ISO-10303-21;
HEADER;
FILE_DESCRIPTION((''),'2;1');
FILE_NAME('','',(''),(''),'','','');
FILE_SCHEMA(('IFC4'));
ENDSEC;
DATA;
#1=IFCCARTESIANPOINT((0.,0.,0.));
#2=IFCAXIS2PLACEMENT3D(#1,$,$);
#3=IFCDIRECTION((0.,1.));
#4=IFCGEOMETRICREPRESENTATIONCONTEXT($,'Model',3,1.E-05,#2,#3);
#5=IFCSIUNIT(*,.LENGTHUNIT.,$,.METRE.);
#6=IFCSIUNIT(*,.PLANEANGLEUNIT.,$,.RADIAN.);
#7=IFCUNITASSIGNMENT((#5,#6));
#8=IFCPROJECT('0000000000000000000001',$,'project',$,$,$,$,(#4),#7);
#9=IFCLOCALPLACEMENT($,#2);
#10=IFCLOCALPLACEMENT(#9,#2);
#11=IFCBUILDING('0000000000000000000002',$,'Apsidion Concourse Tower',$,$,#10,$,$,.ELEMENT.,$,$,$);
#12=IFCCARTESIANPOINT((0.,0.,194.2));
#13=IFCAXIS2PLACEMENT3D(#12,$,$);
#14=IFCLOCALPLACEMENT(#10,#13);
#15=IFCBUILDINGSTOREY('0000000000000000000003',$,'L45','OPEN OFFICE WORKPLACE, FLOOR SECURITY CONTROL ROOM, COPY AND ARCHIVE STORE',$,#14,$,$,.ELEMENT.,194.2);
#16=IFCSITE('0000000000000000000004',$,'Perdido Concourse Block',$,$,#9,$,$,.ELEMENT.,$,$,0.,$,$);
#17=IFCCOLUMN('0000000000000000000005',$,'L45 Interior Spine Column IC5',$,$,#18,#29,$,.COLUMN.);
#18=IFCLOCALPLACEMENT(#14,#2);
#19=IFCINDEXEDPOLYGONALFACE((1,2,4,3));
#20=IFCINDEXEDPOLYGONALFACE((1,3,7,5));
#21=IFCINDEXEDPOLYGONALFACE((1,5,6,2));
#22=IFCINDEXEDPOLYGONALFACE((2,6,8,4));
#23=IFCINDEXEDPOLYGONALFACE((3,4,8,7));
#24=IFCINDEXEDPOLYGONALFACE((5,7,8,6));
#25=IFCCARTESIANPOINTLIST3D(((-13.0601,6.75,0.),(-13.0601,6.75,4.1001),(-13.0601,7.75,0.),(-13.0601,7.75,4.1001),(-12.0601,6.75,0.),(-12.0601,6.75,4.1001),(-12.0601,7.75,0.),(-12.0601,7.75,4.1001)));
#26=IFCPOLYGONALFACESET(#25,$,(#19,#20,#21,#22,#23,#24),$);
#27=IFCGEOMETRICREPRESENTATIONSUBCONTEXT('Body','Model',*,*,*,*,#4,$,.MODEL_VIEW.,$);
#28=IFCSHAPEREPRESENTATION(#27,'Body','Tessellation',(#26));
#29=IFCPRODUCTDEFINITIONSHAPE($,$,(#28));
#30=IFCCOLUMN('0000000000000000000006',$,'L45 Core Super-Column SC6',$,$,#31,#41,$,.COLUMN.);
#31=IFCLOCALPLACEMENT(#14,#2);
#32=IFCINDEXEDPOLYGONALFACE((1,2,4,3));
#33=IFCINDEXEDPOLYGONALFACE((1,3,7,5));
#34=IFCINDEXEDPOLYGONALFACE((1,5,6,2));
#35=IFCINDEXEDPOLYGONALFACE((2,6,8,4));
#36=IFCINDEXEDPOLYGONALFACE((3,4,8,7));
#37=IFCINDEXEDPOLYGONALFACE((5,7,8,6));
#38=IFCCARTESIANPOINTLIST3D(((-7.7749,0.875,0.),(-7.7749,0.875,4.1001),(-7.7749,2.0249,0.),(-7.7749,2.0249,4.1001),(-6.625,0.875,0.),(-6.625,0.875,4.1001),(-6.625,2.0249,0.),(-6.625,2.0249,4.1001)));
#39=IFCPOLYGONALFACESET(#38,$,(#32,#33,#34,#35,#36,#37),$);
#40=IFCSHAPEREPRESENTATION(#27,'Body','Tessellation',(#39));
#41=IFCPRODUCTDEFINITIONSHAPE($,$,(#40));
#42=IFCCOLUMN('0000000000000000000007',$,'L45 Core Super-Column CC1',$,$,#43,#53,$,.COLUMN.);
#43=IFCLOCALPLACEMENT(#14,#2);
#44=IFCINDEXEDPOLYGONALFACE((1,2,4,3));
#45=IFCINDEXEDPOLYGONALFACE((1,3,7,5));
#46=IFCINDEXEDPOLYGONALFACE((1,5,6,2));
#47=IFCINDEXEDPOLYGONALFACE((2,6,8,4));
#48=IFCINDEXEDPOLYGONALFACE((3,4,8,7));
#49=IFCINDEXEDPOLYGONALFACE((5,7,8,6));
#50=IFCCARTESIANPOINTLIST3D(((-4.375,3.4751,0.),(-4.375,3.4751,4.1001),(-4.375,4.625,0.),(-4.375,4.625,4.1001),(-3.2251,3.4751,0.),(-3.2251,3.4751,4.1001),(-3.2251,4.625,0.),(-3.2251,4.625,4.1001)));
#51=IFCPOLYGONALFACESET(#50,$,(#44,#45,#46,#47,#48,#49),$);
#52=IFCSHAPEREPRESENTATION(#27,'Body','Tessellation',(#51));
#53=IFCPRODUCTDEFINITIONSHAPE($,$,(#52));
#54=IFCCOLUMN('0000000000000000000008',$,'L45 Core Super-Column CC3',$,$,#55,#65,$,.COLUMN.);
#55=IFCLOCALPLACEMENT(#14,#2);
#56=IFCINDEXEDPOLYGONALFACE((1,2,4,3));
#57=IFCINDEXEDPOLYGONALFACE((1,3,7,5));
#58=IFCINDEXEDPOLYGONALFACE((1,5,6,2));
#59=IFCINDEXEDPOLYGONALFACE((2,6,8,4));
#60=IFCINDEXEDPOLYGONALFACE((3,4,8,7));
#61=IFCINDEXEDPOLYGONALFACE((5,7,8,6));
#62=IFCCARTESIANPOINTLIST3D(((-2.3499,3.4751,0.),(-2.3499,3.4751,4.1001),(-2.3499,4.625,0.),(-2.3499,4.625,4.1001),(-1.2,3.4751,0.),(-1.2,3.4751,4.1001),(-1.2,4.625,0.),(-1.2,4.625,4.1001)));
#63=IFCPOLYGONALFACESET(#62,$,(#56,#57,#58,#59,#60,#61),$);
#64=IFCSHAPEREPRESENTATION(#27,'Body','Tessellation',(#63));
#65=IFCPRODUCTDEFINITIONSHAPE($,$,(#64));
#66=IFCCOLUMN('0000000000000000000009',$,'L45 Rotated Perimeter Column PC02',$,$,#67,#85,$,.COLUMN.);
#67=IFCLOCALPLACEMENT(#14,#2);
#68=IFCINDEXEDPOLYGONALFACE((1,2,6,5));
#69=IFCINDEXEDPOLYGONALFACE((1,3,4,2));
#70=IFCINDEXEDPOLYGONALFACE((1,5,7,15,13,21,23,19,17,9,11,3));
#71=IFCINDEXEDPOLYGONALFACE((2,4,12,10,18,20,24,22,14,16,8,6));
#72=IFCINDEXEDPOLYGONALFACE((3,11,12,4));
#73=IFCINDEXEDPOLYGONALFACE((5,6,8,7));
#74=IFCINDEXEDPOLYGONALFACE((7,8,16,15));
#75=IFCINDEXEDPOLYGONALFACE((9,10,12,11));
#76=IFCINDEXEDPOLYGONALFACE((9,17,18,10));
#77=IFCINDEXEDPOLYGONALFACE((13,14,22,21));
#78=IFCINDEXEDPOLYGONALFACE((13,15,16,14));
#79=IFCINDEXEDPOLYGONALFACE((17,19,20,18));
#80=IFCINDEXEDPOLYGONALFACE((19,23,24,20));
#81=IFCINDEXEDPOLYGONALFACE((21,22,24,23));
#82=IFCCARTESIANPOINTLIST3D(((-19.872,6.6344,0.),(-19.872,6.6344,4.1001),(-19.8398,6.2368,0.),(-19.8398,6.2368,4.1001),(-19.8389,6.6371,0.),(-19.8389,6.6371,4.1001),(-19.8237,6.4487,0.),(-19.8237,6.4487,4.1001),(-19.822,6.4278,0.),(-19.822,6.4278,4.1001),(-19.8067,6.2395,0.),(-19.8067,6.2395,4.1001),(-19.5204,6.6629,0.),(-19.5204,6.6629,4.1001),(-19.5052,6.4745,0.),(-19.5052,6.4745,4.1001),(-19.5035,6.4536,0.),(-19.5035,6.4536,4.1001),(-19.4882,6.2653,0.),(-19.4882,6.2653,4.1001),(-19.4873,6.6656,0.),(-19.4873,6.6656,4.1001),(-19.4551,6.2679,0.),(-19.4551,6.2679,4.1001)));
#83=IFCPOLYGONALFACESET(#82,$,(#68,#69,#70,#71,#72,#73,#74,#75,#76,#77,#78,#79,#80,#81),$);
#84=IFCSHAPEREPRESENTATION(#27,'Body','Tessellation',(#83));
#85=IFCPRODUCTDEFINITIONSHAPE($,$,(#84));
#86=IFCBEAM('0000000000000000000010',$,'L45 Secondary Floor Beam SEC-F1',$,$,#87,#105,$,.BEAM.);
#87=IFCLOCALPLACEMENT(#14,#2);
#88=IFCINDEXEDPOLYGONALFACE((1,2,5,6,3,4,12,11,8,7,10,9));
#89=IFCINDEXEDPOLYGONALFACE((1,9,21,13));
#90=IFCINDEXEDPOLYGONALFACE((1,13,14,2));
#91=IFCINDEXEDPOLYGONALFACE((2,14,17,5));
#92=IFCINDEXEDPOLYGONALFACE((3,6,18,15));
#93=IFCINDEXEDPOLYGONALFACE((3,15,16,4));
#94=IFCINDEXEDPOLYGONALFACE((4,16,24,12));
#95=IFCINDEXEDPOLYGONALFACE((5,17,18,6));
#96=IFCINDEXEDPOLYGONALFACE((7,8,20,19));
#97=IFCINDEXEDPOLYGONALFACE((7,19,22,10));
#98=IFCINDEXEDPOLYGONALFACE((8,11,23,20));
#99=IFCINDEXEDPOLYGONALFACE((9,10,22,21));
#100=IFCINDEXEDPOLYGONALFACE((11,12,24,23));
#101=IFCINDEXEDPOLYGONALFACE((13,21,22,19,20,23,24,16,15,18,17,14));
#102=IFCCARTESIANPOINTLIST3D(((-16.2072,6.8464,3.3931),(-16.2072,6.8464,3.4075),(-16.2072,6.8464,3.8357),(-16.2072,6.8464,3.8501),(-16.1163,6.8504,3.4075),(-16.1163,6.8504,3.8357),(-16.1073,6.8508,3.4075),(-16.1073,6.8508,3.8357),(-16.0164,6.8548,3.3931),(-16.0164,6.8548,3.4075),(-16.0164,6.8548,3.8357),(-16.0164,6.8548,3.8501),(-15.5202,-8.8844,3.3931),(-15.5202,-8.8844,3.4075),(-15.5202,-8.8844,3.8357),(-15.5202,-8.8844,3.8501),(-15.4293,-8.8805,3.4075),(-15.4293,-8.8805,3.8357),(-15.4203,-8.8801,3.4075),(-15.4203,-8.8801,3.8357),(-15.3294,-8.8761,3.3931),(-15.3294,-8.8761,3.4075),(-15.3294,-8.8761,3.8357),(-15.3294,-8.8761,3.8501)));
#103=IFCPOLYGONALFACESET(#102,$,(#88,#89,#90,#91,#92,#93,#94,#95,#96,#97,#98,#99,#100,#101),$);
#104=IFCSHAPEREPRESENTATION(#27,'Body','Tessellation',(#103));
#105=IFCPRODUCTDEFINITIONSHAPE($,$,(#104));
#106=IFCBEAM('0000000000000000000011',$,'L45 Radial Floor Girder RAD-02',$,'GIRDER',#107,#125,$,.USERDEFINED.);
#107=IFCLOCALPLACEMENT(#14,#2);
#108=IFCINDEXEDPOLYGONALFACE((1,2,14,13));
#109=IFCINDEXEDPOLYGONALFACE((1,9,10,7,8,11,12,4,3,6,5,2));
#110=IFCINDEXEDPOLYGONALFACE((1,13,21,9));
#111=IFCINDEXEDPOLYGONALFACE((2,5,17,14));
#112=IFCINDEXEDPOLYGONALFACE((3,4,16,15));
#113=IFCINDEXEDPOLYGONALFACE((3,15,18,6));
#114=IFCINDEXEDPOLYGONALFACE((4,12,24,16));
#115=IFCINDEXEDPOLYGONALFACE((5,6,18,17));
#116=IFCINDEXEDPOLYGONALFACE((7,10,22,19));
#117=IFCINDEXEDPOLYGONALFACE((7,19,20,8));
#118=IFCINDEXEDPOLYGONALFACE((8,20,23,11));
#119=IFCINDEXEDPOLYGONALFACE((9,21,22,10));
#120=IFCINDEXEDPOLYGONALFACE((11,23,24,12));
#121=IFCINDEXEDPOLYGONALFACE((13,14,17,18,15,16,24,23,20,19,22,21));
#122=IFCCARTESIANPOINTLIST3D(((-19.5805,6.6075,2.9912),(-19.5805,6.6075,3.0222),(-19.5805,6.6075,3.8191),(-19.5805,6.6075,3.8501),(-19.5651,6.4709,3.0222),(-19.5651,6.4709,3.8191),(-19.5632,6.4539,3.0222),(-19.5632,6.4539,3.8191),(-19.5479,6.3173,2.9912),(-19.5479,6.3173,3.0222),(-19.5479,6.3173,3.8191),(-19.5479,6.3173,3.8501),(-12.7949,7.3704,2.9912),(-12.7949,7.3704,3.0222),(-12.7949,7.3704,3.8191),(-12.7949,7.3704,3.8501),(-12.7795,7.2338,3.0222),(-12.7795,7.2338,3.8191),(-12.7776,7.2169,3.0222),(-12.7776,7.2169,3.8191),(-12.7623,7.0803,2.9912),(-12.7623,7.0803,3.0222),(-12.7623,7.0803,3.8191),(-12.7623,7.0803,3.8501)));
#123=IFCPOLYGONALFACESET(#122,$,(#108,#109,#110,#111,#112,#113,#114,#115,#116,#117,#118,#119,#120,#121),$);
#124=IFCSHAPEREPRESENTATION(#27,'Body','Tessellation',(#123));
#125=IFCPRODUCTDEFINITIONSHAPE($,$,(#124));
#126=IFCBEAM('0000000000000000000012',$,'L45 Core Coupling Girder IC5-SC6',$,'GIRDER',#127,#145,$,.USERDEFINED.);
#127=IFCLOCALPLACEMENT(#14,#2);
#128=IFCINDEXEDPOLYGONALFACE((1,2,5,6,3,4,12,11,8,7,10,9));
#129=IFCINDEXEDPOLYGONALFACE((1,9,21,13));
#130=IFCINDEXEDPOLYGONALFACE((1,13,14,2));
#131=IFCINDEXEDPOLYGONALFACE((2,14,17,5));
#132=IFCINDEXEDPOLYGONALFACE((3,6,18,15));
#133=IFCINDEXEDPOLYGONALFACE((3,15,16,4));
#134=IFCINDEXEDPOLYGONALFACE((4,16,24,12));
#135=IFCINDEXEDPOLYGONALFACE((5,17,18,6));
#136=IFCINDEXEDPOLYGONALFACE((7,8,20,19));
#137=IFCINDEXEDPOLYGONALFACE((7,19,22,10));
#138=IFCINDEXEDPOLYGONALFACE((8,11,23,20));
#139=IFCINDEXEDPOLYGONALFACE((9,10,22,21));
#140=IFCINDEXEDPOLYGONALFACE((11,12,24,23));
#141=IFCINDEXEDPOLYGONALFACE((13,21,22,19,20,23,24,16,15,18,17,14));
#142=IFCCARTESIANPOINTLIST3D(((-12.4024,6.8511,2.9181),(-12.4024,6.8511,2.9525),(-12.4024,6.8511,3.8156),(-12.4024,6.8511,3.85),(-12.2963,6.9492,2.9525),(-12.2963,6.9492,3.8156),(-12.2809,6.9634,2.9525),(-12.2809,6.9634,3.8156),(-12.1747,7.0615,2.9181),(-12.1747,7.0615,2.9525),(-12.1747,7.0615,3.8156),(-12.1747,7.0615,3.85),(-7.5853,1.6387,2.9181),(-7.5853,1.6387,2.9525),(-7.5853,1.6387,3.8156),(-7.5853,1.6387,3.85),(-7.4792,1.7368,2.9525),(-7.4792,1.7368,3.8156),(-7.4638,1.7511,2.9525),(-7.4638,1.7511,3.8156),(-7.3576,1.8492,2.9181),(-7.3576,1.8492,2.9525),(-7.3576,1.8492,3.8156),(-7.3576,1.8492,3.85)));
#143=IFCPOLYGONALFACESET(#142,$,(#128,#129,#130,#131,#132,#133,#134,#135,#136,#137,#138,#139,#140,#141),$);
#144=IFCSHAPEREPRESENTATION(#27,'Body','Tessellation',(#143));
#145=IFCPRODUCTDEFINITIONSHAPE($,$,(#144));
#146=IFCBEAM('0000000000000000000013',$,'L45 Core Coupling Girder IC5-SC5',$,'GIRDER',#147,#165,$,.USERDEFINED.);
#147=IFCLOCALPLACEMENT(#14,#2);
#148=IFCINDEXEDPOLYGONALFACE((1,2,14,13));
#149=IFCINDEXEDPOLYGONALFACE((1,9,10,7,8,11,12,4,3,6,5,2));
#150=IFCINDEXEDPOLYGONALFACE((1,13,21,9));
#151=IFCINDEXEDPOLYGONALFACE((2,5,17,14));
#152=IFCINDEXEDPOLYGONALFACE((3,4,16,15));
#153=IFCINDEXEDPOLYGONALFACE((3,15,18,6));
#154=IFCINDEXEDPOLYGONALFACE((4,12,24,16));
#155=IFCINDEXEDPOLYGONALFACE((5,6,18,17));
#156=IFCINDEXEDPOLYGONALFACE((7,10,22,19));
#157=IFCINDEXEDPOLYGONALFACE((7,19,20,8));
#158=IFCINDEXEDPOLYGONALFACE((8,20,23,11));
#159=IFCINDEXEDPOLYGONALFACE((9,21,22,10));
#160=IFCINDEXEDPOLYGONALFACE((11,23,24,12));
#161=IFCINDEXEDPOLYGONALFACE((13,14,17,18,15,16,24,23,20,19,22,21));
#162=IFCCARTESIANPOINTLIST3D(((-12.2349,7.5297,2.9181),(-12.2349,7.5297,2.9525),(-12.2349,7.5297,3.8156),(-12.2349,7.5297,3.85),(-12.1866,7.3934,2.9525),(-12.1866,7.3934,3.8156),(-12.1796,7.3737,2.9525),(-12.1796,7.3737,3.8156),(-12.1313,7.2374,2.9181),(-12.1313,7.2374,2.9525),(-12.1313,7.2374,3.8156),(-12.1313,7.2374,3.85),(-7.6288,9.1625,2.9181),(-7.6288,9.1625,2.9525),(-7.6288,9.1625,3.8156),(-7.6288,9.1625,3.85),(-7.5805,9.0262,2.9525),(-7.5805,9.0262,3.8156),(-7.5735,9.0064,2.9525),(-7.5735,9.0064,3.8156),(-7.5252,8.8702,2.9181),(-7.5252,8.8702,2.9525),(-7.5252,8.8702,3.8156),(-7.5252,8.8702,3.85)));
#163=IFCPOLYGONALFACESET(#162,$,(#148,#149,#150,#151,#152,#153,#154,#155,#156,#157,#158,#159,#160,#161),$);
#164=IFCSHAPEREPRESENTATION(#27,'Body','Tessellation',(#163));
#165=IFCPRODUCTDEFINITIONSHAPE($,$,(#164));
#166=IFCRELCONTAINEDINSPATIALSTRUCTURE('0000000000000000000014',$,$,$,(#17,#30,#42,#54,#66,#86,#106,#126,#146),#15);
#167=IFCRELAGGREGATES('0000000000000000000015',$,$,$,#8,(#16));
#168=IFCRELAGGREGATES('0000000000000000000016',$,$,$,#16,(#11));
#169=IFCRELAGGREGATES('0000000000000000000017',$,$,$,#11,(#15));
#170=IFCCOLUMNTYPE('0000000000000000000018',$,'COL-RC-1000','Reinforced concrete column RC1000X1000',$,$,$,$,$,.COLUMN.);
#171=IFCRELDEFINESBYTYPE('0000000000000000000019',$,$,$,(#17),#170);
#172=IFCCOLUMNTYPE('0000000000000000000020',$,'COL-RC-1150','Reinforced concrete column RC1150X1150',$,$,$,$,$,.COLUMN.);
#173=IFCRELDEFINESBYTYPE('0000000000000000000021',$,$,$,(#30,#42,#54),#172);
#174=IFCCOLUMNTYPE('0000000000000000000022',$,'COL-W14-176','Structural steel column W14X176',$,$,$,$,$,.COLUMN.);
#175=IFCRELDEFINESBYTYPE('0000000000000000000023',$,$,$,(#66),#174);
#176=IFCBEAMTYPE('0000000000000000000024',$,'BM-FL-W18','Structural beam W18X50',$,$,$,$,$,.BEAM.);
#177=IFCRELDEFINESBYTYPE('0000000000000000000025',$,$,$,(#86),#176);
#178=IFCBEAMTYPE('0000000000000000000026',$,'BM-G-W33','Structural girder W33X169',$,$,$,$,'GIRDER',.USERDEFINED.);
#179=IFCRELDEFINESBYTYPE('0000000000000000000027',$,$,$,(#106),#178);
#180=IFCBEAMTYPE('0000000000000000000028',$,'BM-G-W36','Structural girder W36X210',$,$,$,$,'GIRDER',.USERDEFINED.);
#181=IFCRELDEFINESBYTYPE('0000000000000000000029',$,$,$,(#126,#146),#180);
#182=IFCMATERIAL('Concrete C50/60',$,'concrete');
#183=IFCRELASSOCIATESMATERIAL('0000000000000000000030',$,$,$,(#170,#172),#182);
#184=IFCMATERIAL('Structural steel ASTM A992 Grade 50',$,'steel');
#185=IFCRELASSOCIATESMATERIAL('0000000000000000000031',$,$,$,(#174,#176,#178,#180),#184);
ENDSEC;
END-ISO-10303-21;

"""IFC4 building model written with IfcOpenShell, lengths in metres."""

from ifc_helpers import new_model, si_unit, direction, frame, origin, origin_2d, place, context, subcontext, project, spatial, rectangle, i_section, extrude, material, material_profile, profile_set, type_object, element, save


model = new_model("IFC4")

# Units and contexts
model_context = context("Model", 3, precision=1e-05, world=origin(), true_north=direction((0.0, 1.0)))
body_context = subcontext(model_context, "Body", "Model", "MODEL_VIEW")
ifc_project = project(units=[si_unit("LENGTHUNIT", "METRE"), si_unit("PLANEANGLEUNIT", "RADIAN")], contexts=[model_context])

# Site, building, storey
site_placement = place(None, origin())
site = spatial("IfcSite", under=ifc_project, at=site_placement, Name="Perdido Concourse Block", CompositionType="ELEMENT", RefElevation=0.0)
building_placement = place(site_placement, origin())
building = spatial("IfcBuilding", under=site, at=building_placement, Name="Apsidion Concourse Tower", CompositionType="ELEMENT")
storey_placement = place(building_placement, frame((0.0, 0.0, 194.2)))
storey = spatial("IfcBuildingStorey", under=building, at=storey_placement, Name="L45", Description="OPEN OFFICE WORKPLACE, FLOOR SECURITY CONTROL ROOM, COPY AND ARCHIVE STORE", CompositionType="ELEMENT", Elevation=194.2)

# Columns
ifc_material_1 = material(Name="Concrete C50/60", Category="concrete")
ifc_material_profile_1 = material_profile(ifc_material_1, rectangle(XDim=1.0, YDim=1.0, at=origin_2d()), Name="RC 1000x1000")
ifc_profile_set_1 = profile_set([ifc_material_profile_1], Name="Concrete C50/60")
column_type_1 = type_object("IfcColumnType", Name="COL-RC-1000", Description="Reinforced concrete column RC1000X1000", PredefinedType="COLUMN", material=ifc_profile_set_1)
column_1_placement = place(storey_placement, frame((-12.5601, 7.25, 0.0), z_axis=(0.0, 0.0, 1.0), x_axis=(1.0, 0.0, 0.0)))
element("IfcColumn", 1, at=column_1_placement, inside=storey, type_object=column_type_1, Name="L45 Interior Spine Column IC5", PredefinedType="COLUMN", context=body_context, shape_type="SweptSolid", body=[
    extrude(rectangle(XDim=1.0, YDim=1.0, at=origin_2d()), origin(), (0.0, 0.0, 1.0), 4.1001),
])
ifc_material_profile_2 = material_profile(ifc_material_1, rectangle(XDim=1.1499, YDim=1.1499, at=origin_2d()), Name="RC 1150x1150")
ifc_profile_set_2 = profile_set([ifc_material_profile_2], Name="Concrete C50/60")
column_type_2 = type_object("IfcColumnType", Name="COL-RC-1150", Description="Reinforced concrete column RC1150X1150", PredefinedType="COLUMN", material=ifc_profile_set_2)
for number, where, z_axis, x_axis, name in (
    (2, (-7.2, 1.45, 0.0), (0.0, 0.0, 1.0), (1.0, 0.0, 0.0), "L45 Core Super-Column SC6"),
    (3, (-3.8, 4.05, 0.0), (0.0, 0.0, 1.0), (1.0, 0.0, 0.0), "L45 Core Super-Column CC1"),
    (4, (-1.7749, 4.05, 0.0), (0.0, 0.0, 1.0), (1.0, 0.0, 0.0), "L45 Core Super-Column CC3"),
):
    element("IfcColumn", number, at=place(storey_placement, frame(where, z_axis=z_axis, x_axis=x_axis)), inside=storey, type_object=column_type_2, Name=name, PredefinedType="COLUMN", context=body_context, shape_type="SweptSolid", body=[
        extrude(rectangle(XDim=1.1499, YDim=1.1499, at=origin_2d()), origin(), (0.0, 0.0, 1.0), 4.1001),
    ])
ifc_material_2 = material(Name="Structural steel ASTM A992 Grade 50", Category="steel")
ifc_material_profile_3 = material_profile(ifc_material_2, i_section(OverallWidth=0.3989, OverallDepth=0.386, WebThickness=0.021, FlangeThickness=0.0332, at=origin_2d()), Name="W14X176")
ifc_profile_set_3 = profile_set([ifc_material_profile_3], Name="Structural steel ASTM A992 Grade 50")
column_type_3 = type_object("IfcColumnType", Name="COL-W14-176", Description="Structural steel column W14X176", PredefinedType="COLUMN", material=ifc_profile_set_3)
column_2_placement = place(storey_placement, frame((-19.6636, 6.4512, 0.0), z_axis=(0.0, 0.0, 1.0), x_axis=(-0.080721, 0.996737, 0.0)))
element("IfcColumn", 5, at=column_2_placement, inside=storey, type_object=column_type_3, Name="L45 Rotated Perimeter Column PC02", PredefinedType="COLUMN", context=body_context, shape_type="SweptSolid", body=[
    extrude(i_section(OverallWidth=0.3989, OverallDepth=0.386, WebThickness=0.021, FlangeThickness=0.0332, at=origin_2d()), origin(), (0.0, 0.0, 1.0), 4.1001),
])

# Beams
ifc_material_profile_4 = material_profile(ifc_material_2, i_section(OverallWidth=0.1909, OverallDepth=0.457, WebThickness=0.009, FlangeThickness=0.0144, at=origin_2d()), Name="W18X50")
ifc_profile_set_4 = profile_set([ifc_material_profile_4], Name="Structural steel ASTM A992 Grade 50")
beam_type_1 = type_object("IfcBeamType", Name="BM-FL-W18", Description="Structural beam W18X50", PredefinedType="BEAM", material=ifc_profile_set_4)
beam_1_placement = place(storey_placement, frame((-16.1118, 6.8506, 3.6216), z_axis=(0.043631, -0.999048, 0.0), x_axis=(0.999048, 0.043631, 0.0)))
element("IfcBeam", 6, at=beam_1_placement, inside=storey, type_object=beam_type_1, Name="L45 Secondary Floor Beam SEC-F1", PredefinedType="BEAM", context=body_context, shape_type="SweptSolid", body=[
    extrude(i_section(OverallWidth=0.1909, OverallDepth=0.457, WebThickness=0.009, FlangeThickness=0.0144, at=origin_2d()), origin(), (0.0, 0.0, 1.0), 15.7458),
])
ifc_material_profile_5 = material_profile(ifc_material_2, i_section(OverallWidth=0.292, OverallDepth=0.8589, WebThickness=0.0171, FlangeThickness=0.031, at=origin_2d()), Name="W33X169")
ifc_profile_set_5 = profile_set([ifc_material_profile_5], Name="Structural steel ASTM A992 Grade 50")
beam_type_2 = type_object("IfcBeamType", Name="BM-G-W33", Description="Structural girder W33X169", ElementType="GIRDER", PredefinedType="USERDEFINED", material=ifc_profile_set_5)
beam_2_placement = place(storey_placement, frame((-12.7786, 7.2253, 3.4207), z_axis=(-0.993739, -0.11173, 0.0), x_axis=(0.11173, -0.993739, 0.0)))
element("IfcBeam", 7, at=beam_2_placement, inside=storey, type_object=beam_type_2, Name="L45 Radial Floor Girder RAD-02", ObjectType="GIRDER", PredefinedType="USERDEFINED", context=body_context, shape_type="SweptSolid", body=[
    extrude(i_section(OverallWidth=0.292, OverallDepth=0.8589, WebThickness=0.0171, FlangeThickness=0.031, at=origin_2d()), origin(), (0.0, 0.0, 1.0), 6.8284),
])
ifc_material_profile_6 = material_profile(ifc_material_2, i_section(OverallWidth=0.3101, OverallDepth=0.9319, WebThickness=0.021, FlangeThickness=0.0344, at=origin_2d()), Name="W36X210")
ifc_profile_set_6 = profile_set([ifc_material_profile_6], Name="Structural steel ASTM A992 Grade 50")
beam_type_3 = type_object("IfcBeamType", Name="BM-G-W36", Description="Structural girder W36X210", ElementType="GIRDER", PredefinedType="USERDEFINED", material=ifc_profile_set_6)
beam_3_placement = place(storey_placement, frame((-12.2886, 6.9563, 3.384), z_axis=(0.678713, -0.734404, 0.0), x_axis=(0.734404, 0.678713, 0.0)))
element("IfcBeam", 8, at=beam_3_placement, inside=storey, type_object=beam_type_3, Name="L45 Core Coupling Girder IC5-SC6", ObjectType="GIRDER", PredefinedType="USERDEFINED", context=body_context, shape_type="SweptSolid", body=[
    extrude(i_section(OverallWidth=0.3101, OverallDepth=0.9319, WebThickness=0.021, FlangeThickness=0.0344, at=origin_2d()), origin(), (0.0, 0.0, 1.0), 7.0974),
])
beam_4_placement = place(storey_placement, frame((-12.1831, 7.3835, 3.384), z_axis=(0.942534, 0.334111, 0.0), x_axis=(-0.334111, 0.942534, 0.0)))
element("IfcBeam", 9, at=beam_4_placement, inside=storey, type_object=beam_type_3, Name="L45 Core Coupling Girder IC5-SC5", ObjectType="GIRDER", PredefinedType="USERDEFINED", context=body_context, shape_type="SweptSolid", body=[
    extrude(i_section(OverallWidth=0.3101, OverallDepth=0.9319, WebThickness=0.021, FlangeThickness=0.0344, at=origin_2d()), origin(), (0.0, 0.0, 1.0), 4.887),
])

save(model, "model.ifc")
